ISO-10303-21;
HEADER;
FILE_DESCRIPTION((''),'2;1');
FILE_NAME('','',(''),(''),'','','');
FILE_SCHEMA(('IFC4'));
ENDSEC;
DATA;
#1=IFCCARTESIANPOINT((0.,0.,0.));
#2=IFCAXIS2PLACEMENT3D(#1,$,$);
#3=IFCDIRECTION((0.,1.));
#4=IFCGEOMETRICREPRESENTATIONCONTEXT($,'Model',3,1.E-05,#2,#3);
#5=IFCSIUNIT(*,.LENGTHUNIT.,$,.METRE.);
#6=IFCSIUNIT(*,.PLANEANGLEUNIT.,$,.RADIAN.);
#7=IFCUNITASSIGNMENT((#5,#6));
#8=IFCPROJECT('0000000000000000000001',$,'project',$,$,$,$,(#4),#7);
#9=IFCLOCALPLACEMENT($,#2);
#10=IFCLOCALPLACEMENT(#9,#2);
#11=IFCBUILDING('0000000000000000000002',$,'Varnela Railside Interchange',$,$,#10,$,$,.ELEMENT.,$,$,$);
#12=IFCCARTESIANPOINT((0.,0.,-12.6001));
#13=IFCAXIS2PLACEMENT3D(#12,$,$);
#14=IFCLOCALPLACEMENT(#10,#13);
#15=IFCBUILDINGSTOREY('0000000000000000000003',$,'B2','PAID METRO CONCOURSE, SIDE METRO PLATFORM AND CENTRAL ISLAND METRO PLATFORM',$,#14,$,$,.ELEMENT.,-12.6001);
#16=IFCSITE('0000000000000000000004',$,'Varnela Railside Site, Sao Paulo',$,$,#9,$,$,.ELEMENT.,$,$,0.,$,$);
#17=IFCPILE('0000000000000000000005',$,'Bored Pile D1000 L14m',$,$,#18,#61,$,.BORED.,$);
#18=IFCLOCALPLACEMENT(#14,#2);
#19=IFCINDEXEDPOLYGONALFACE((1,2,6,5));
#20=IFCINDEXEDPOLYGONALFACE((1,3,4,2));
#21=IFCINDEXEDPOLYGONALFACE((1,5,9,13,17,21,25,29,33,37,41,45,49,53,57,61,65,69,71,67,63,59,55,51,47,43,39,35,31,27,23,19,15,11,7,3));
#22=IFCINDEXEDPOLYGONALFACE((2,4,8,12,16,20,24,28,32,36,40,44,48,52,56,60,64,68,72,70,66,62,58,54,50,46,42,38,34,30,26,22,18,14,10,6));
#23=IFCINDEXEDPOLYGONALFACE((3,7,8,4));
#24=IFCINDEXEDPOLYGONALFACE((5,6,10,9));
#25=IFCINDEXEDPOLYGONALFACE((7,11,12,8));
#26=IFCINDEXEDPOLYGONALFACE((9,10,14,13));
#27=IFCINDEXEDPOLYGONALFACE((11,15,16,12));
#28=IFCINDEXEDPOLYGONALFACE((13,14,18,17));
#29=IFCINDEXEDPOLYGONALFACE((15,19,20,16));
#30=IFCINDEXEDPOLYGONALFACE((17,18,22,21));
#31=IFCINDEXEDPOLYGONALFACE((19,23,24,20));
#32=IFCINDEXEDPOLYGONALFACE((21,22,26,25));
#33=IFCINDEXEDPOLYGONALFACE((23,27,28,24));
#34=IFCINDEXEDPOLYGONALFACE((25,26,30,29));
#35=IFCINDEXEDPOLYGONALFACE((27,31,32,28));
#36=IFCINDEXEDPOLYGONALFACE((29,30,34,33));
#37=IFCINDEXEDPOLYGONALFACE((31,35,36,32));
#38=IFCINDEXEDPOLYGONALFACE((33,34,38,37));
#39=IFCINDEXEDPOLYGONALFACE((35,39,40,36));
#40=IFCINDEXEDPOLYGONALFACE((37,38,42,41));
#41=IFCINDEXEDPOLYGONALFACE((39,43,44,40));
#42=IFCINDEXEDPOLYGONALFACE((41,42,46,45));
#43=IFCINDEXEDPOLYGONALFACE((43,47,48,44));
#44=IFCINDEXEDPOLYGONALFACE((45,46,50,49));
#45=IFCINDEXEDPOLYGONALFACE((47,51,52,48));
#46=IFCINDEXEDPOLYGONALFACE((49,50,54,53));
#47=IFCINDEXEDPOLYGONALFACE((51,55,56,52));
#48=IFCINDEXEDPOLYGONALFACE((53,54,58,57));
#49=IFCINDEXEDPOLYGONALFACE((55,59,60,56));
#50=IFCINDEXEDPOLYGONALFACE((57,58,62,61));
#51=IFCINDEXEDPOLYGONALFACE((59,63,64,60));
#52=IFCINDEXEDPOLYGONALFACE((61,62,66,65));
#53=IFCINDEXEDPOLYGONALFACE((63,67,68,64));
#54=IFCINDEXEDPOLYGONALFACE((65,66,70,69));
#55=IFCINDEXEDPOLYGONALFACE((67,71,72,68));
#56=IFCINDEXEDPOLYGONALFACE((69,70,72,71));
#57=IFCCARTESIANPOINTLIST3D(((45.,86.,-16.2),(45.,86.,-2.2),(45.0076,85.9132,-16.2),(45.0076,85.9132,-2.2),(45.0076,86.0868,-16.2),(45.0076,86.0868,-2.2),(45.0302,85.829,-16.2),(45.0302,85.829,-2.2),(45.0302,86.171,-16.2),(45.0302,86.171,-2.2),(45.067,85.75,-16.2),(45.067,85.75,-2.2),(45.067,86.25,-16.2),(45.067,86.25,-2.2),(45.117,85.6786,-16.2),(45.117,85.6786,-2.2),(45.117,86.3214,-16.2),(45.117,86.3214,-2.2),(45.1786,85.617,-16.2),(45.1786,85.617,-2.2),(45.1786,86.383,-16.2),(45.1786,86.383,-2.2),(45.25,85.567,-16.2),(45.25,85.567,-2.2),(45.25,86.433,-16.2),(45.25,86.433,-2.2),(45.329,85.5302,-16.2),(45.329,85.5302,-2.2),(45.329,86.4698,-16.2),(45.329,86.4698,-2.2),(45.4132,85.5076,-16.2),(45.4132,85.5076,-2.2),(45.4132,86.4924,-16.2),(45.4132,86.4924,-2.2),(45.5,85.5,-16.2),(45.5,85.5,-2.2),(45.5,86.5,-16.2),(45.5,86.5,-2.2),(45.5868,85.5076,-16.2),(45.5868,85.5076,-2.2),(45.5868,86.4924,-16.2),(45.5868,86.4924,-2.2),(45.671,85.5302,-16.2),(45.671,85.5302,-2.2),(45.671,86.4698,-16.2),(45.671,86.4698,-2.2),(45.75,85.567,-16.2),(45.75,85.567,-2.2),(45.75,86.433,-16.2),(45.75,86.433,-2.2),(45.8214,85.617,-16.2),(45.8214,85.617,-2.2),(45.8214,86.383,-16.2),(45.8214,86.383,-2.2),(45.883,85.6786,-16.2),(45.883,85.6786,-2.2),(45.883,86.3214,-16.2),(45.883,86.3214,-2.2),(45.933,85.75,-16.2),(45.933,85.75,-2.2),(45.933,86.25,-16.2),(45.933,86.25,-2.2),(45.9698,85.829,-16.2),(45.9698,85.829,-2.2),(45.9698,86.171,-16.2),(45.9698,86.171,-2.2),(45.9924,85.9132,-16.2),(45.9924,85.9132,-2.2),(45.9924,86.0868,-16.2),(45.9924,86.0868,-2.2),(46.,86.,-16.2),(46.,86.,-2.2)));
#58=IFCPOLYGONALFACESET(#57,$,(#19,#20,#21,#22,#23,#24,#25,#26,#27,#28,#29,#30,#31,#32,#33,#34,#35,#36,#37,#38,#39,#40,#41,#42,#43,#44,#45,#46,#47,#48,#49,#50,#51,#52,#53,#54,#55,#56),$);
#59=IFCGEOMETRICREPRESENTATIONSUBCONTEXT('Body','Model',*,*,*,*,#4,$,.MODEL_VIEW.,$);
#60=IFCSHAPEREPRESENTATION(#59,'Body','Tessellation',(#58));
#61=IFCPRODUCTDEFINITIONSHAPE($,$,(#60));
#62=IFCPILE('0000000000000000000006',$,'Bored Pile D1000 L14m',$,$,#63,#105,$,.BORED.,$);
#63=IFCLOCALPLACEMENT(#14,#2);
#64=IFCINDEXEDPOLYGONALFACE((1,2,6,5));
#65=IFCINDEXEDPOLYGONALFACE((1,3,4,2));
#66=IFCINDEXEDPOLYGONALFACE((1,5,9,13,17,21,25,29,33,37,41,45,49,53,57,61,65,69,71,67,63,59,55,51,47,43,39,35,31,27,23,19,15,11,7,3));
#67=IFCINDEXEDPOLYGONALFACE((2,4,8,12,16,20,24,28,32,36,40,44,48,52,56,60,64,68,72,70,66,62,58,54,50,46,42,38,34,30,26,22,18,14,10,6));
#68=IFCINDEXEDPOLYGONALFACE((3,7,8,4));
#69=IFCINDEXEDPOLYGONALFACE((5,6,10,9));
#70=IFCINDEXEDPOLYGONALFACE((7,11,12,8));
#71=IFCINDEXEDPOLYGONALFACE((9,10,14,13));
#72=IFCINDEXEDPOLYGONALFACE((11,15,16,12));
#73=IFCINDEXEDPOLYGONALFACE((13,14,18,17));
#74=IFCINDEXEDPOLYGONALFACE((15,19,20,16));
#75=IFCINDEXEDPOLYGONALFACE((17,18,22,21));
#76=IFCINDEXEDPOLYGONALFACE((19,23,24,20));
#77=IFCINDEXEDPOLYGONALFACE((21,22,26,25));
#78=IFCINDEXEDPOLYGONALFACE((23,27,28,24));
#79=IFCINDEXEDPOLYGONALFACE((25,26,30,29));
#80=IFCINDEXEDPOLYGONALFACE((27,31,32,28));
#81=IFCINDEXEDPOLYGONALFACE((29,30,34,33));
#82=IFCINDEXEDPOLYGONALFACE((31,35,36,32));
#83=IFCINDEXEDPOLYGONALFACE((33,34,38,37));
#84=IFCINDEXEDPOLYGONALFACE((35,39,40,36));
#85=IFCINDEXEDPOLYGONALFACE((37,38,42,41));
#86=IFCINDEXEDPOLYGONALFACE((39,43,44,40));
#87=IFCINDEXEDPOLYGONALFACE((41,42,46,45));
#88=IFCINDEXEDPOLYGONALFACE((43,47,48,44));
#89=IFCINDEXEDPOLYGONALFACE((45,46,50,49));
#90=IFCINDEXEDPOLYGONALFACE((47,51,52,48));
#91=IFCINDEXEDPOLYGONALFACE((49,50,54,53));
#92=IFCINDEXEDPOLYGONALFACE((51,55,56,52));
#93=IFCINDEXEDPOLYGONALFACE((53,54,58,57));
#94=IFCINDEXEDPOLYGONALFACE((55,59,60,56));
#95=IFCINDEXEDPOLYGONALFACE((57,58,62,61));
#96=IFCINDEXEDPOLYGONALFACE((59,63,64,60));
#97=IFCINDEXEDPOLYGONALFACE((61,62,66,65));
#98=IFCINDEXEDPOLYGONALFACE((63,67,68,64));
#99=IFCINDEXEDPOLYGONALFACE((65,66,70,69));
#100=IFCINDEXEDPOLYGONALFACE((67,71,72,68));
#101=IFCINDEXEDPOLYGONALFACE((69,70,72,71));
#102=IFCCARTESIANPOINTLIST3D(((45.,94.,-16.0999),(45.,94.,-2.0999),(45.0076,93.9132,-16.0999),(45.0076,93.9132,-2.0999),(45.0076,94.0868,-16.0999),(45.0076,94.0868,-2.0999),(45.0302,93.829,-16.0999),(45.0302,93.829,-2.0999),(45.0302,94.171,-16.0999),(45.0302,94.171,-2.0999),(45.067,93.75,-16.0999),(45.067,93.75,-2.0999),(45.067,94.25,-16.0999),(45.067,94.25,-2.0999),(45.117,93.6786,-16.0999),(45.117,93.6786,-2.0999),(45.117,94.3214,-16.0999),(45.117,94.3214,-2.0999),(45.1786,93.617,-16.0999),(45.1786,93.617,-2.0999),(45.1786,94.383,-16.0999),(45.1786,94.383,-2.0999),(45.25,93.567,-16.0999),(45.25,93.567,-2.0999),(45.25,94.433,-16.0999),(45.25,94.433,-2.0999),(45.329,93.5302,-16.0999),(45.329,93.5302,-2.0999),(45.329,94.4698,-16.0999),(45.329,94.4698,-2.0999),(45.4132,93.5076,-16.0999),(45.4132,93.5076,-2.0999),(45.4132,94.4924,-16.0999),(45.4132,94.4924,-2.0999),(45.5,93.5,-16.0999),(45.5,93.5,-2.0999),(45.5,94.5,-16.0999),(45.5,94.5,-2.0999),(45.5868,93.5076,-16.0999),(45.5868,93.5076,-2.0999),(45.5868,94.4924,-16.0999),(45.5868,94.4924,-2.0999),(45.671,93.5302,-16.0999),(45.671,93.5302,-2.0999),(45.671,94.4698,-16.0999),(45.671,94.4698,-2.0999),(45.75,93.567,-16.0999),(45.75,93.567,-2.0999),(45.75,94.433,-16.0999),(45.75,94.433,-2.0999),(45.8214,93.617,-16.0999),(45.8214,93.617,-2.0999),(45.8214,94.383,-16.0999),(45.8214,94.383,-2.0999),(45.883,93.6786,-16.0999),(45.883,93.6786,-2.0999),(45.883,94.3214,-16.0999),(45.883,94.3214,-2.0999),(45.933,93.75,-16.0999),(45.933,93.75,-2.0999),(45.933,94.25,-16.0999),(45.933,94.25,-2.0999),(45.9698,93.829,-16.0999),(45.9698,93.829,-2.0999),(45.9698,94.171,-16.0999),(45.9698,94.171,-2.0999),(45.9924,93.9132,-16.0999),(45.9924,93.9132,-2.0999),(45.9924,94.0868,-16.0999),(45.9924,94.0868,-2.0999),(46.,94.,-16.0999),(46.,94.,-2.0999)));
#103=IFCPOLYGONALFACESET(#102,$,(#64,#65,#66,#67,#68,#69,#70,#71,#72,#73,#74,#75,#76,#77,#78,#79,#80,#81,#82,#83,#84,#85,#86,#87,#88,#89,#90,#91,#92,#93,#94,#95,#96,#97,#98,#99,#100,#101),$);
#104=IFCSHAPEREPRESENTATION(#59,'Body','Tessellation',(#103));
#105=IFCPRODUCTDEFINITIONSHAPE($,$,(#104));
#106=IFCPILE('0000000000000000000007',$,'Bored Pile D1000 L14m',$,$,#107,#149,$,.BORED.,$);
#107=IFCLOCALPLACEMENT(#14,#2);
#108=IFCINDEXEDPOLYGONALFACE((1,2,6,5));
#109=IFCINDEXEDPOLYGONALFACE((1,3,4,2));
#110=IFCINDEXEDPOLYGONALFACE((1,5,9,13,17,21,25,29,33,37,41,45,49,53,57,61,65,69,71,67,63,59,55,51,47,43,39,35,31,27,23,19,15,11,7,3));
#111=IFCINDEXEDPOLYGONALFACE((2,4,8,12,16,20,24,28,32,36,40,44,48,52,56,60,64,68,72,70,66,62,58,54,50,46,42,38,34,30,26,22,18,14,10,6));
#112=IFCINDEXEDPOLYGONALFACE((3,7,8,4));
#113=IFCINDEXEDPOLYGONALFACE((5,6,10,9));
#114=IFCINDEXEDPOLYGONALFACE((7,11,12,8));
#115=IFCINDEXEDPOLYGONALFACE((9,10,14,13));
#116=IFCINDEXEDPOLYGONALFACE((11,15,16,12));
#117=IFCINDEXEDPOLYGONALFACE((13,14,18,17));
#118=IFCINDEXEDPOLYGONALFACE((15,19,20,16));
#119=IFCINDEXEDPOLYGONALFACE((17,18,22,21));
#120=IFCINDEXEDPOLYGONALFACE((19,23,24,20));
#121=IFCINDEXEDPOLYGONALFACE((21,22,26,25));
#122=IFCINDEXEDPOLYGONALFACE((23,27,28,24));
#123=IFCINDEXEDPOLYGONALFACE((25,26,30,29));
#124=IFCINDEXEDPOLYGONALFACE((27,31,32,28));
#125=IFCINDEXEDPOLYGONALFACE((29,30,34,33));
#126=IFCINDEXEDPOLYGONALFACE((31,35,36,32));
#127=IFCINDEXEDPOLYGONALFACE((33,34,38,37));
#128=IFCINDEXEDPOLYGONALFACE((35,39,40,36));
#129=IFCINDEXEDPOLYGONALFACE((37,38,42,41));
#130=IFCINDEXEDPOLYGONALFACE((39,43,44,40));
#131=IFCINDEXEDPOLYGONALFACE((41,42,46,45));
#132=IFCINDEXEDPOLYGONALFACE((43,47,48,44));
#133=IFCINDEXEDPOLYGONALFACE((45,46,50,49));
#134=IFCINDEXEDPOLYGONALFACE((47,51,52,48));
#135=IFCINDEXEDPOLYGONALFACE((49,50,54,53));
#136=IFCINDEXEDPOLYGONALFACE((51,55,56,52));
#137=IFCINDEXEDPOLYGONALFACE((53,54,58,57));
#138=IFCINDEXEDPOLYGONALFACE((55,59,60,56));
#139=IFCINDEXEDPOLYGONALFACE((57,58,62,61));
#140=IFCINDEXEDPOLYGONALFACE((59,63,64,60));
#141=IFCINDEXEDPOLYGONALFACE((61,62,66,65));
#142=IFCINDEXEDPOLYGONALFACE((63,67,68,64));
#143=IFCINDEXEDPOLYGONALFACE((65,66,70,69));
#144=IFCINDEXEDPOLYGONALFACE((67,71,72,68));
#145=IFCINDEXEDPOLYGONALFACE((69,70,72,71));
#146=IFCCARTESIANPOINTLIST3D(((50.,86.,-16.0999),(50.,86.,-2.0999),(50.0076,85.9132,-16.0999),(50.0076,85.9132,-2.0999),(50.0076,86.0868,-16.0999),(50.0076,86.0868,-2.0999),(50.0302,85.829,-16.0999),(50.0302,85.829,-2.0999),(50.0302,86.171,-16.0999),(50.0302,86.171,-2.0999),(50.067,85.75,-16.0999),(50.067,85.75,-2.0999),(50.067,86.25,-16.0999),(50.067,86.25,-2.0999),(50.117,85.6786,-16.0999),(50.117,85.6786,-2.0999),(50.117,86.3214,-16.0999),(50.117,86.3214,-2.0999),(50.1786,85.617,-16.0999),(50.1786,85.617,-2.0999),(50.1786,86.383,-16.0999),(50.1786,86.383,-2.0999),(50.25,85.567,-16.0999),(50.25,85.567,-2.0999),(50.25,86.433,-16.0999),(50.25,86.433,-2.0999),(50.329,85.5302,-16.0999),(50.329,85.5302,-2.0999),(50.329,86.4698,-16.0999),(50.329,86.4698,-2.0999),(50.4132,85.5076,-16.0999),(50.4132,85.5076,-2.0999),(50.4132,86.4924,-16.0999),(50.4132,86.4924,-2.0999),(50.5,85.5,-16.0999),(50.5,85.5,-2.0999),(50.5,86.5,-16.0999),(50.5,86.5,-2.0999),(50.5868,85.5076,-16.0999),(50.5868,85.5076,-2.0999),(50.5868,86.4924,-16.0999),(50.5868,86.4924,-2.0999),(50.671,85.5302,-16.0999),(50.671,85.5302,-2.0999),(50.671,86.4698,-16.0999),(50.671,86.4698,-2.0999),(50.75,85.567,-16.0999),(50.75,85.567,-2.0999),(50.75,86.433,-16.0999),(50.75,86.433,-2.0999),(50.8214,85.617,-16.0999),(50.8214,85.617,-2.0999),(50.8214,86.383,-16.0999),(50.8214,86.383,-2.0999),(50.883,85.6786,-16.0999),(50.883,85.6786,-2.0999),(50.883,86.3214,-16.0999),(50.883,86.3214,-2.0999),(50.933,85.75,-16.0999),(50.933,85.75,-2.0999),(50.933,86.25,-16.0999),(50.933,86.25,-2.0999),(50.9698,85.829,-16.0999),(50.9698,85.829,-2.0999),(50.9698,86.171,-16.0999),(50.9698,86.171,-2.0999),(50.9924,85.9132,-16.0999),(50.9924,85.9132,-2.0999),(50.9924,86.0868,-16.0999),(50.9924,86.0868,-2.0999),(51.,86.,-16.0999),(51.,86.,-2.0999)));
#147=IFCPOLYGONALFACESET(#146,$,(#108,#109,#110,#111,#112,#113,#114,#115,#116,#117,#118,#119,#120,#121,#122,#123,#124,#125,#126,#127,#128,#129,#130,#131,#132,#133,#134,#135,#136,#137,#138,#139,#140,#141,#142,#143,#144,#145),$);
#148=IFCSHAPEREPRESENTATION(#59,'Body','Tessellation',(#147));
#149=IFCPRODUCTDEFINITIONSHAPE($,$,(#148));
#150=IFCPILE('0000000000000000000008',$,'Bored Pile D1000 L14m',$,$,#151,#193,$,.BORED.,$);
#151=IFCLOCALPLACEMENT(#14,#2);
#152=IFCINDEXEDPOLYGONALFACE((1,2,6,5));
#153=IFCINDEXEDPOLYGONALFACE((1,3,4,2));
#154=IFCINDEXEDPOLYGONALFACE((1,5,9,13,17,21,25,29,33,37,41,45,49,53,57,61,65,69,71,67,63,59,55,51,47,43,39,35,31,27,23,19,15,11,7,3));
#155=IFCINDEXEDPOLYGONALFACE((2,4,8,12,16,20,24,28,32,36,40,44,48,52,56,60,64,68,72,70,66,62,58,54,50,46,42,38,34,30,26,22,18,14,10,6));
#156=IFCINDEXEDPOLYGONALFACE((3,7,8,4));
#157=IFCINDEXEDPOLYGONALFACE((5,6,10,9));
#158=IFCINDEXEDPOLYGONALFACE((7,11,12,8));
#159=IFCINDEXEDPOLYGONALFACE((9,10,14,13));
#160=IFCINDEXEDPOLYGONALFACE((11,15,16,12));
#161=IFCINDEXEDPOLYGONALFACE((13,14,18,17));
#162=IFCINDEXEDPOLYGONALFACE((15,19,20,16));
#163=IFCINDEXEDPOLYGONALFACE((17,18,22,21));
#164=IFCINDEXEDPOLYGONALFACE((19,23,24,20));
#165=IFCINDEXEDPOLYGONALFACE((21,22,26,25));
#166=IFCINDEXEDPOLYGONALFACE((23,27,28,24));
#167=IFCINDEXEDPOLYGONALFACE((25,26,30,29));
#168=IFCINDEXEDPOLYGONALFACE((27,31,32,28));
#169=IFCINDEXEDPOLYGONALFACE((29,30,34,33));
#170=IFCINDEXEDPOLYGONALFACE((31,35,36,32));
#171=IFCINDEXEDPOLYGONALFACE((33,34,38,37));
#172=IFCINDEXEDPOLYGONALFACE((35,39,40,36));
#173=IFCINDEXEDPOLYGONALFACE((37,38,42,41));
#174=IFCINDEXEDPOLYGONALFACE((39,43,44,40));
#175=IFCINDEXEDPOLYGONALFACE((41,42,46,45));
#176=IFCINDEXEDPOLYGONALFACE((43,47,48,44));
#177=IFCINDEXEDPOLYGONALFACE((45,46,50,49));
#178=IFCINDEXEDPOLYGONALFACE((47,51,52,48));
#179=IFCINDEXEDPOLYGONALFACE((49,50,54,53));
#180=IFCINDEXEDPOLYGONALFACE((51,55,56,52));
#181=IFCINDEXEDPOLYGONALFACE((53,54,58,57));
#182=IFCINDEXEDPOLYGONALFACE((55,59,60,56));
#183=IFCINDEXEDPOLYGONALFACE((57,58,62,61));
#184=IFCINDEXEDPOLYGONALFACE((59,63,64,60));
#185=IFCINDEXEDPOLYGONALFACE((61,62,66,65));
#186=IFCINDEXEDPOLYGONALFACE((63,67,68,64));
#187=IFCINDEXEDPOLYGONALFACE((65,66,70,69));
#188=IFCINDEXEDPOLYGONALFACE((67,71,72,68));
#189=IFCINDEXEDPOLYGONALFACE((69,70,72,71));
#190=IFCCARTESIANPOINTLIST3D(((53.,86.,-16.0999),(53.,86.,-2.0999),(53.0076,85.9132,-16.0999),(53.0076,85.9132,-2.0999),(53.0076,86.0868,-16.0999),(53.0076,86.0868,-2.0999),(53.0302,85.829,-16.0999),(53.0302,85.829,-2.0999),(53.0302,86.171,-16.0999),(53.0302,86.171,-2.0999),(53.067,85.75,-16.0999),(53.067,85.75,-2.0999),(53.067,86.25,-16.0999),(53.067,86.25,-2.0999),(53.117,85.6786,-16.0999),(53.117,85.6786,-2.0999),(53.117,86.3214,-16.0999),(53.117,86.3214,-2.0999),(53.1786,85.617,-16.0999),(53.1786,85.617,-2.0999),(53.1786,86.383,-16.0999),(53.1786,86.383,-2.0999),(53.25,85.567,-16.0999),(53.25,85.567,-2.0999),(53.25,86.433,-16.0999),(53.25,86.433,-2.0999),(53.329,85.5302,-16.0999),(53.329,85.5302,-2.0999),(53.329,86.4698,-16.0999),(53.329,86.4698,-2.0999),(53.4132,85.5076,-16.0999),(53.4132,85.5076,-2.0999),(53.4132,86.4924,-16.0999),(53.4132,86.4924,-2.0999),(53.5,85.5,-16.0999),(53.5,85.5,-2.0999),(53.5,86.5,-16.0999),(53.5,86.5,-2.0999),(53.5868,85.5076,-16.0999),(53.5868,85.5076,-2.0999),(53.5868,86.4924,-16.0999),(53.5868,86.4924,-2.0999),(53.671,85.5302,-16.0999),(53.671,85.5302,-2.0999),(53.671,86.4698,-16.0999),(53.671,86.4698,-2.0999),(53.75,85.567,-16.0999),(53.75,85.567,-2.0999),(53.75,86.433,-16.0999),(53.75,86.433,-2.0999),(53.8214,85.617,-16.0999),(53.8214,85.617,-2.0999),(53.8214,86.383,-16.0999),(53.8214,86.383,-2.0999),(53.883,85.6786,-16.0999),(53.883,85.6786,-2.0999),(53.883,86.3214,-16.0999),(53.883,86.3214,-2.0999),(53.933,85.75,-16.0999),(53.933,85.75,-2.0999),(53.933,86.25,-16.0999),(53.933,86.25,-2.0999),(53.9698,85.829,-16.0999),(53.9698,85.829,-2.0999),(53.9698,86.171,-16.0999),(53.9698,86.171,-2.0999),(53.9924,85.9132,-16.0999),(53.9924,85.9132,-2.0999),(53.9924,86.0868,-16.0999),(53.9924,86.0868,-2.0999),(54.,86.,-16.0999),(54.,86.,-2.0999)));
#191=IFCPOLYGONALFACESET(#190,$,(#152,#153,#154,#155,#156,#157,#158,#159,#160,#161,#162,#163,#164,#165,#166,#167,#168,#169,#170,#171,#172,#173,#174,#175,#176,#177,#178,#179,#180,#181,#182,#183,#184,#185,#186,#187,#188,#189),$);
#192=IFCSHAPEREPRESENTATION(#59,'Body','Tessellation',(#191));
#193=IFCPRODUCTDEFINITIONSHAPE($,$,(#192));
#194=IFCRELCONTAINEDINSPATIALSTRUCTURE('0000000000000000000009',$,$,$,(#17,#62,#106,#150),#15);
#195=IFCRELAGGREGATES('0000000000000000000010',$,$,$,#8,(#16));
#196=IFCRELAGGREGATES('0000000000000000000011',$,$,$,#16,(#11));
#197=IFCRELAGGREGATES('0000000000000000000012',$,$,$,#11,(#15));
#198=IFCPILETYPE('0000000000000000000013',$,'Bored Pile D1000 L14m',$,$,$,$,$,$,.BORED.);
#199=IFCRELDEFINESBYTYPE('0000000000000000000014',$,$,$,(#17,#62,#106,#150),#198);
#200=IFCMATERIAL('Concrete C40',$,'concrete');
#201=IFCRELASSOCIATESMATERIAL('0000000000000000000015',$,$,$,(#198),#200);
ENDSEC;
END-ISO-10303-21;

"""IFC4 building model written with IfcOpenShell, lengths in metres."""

from ifc_helpers import new_model, si_unit, direction, frame, origin, origin_2d, place, context, subcontext, project, spatial, circle, extrude, material, material_profile, profile_set, type_object, element, save


model = new_model("IFC4")

# Units and contexts
model_context = context("Model", 3, precision=1e-05, world=origin(), true_north=direction((0.0, 1.0)))
body_context = subcontext(model_context, "Body", "Model", "MODEL_VIEW")
ifc_project = project(units=[si_unit("LENGTHUNIT", "METRE"), si_unit("PLANEANGLEUNIT", "RADIAN")], contexts=[model_context])

# Site, building, storey
site_placement = place(None, origin())
site = spatial("IfcSite", under=ifc_project, at=site_placement, Name="Varnela Railside Site, Sao Paulo", CompositionType="ELEMENT", RefElevation=0.0)
building_placement = place(site_placement, origin())
building = spatial("IfcBuilding", under=site, at=building_placement, Name="Varnela Railside Interchange", CompositionType="ELEMENT")
storey_placement = place(building_placement, frame((0.0, 0.0, -12.6001)))
storey = spatial("IfcBuildingStorey", under=building, at=storey_placement, Name="B2", Description="PAID METRO CONCOURSE, SIDE METRO PLATFORM AND CENTRAL ISLAND METRO PLATFORM", CompositionType="ELEMENT", Elevation=-12.6001)

# Piles
ifc_material_1 = material(Name="Concrete C40", Category="concrete")
ifc_material_profile_1 = material_profile(ifc_material_1, circle(Radius=0.5, at=origin_2d()), Name="BORED PILE D1000")
ifc_profile_set_1 = profile_set([ifc_material_profile_1], Name="Concrete C40")
pile_type = type_object("IfcPileType", Name="Bored Pile D1000 L14m", PredefinedType="BORED", material=ifc_profile_set_1)
for number, where, z_axis, x_axis, name in (
    (1, (45.5, 86.0, -2.2), (0.0, 0.0, -1.0), (1.0, 0.0, 0.0), "Bored Pile D1000 L14m"),
    (2, (45.5, 94.0, -2.0999), (0.0, 0.0, -1.0), (1.0, 0.0, 0.0), "Bored Pile D1000 L14m"),
    (3, (50.5, 86.0, -2.0999), (0.0, 0.0, -1.0), (1.0, 0.0, 0.0), "Bored Pile D1000 L14m"),
    (4, (53.5, 86.0, -2.0999), (0.0, 0.0, -1.0), (1.0, 0.0, 0.0), "Bored Pile D1000 L14m"),
):
    element("IfcPile", number, at=place(storey_placement, frame(where, z_axis=z_axis, x_axis=x_axis)), inside=storey, type_object=pile_type, Name=name, PredefinedType="BORED", context=body_context, shape_type="SweptSolid", body=[
        extrude(circle(Radius=0.5, at=origin_2d()), origin(), (0.0, 0.0, 1.0), 14.0),
    ])

save(model, "model.ifc")
